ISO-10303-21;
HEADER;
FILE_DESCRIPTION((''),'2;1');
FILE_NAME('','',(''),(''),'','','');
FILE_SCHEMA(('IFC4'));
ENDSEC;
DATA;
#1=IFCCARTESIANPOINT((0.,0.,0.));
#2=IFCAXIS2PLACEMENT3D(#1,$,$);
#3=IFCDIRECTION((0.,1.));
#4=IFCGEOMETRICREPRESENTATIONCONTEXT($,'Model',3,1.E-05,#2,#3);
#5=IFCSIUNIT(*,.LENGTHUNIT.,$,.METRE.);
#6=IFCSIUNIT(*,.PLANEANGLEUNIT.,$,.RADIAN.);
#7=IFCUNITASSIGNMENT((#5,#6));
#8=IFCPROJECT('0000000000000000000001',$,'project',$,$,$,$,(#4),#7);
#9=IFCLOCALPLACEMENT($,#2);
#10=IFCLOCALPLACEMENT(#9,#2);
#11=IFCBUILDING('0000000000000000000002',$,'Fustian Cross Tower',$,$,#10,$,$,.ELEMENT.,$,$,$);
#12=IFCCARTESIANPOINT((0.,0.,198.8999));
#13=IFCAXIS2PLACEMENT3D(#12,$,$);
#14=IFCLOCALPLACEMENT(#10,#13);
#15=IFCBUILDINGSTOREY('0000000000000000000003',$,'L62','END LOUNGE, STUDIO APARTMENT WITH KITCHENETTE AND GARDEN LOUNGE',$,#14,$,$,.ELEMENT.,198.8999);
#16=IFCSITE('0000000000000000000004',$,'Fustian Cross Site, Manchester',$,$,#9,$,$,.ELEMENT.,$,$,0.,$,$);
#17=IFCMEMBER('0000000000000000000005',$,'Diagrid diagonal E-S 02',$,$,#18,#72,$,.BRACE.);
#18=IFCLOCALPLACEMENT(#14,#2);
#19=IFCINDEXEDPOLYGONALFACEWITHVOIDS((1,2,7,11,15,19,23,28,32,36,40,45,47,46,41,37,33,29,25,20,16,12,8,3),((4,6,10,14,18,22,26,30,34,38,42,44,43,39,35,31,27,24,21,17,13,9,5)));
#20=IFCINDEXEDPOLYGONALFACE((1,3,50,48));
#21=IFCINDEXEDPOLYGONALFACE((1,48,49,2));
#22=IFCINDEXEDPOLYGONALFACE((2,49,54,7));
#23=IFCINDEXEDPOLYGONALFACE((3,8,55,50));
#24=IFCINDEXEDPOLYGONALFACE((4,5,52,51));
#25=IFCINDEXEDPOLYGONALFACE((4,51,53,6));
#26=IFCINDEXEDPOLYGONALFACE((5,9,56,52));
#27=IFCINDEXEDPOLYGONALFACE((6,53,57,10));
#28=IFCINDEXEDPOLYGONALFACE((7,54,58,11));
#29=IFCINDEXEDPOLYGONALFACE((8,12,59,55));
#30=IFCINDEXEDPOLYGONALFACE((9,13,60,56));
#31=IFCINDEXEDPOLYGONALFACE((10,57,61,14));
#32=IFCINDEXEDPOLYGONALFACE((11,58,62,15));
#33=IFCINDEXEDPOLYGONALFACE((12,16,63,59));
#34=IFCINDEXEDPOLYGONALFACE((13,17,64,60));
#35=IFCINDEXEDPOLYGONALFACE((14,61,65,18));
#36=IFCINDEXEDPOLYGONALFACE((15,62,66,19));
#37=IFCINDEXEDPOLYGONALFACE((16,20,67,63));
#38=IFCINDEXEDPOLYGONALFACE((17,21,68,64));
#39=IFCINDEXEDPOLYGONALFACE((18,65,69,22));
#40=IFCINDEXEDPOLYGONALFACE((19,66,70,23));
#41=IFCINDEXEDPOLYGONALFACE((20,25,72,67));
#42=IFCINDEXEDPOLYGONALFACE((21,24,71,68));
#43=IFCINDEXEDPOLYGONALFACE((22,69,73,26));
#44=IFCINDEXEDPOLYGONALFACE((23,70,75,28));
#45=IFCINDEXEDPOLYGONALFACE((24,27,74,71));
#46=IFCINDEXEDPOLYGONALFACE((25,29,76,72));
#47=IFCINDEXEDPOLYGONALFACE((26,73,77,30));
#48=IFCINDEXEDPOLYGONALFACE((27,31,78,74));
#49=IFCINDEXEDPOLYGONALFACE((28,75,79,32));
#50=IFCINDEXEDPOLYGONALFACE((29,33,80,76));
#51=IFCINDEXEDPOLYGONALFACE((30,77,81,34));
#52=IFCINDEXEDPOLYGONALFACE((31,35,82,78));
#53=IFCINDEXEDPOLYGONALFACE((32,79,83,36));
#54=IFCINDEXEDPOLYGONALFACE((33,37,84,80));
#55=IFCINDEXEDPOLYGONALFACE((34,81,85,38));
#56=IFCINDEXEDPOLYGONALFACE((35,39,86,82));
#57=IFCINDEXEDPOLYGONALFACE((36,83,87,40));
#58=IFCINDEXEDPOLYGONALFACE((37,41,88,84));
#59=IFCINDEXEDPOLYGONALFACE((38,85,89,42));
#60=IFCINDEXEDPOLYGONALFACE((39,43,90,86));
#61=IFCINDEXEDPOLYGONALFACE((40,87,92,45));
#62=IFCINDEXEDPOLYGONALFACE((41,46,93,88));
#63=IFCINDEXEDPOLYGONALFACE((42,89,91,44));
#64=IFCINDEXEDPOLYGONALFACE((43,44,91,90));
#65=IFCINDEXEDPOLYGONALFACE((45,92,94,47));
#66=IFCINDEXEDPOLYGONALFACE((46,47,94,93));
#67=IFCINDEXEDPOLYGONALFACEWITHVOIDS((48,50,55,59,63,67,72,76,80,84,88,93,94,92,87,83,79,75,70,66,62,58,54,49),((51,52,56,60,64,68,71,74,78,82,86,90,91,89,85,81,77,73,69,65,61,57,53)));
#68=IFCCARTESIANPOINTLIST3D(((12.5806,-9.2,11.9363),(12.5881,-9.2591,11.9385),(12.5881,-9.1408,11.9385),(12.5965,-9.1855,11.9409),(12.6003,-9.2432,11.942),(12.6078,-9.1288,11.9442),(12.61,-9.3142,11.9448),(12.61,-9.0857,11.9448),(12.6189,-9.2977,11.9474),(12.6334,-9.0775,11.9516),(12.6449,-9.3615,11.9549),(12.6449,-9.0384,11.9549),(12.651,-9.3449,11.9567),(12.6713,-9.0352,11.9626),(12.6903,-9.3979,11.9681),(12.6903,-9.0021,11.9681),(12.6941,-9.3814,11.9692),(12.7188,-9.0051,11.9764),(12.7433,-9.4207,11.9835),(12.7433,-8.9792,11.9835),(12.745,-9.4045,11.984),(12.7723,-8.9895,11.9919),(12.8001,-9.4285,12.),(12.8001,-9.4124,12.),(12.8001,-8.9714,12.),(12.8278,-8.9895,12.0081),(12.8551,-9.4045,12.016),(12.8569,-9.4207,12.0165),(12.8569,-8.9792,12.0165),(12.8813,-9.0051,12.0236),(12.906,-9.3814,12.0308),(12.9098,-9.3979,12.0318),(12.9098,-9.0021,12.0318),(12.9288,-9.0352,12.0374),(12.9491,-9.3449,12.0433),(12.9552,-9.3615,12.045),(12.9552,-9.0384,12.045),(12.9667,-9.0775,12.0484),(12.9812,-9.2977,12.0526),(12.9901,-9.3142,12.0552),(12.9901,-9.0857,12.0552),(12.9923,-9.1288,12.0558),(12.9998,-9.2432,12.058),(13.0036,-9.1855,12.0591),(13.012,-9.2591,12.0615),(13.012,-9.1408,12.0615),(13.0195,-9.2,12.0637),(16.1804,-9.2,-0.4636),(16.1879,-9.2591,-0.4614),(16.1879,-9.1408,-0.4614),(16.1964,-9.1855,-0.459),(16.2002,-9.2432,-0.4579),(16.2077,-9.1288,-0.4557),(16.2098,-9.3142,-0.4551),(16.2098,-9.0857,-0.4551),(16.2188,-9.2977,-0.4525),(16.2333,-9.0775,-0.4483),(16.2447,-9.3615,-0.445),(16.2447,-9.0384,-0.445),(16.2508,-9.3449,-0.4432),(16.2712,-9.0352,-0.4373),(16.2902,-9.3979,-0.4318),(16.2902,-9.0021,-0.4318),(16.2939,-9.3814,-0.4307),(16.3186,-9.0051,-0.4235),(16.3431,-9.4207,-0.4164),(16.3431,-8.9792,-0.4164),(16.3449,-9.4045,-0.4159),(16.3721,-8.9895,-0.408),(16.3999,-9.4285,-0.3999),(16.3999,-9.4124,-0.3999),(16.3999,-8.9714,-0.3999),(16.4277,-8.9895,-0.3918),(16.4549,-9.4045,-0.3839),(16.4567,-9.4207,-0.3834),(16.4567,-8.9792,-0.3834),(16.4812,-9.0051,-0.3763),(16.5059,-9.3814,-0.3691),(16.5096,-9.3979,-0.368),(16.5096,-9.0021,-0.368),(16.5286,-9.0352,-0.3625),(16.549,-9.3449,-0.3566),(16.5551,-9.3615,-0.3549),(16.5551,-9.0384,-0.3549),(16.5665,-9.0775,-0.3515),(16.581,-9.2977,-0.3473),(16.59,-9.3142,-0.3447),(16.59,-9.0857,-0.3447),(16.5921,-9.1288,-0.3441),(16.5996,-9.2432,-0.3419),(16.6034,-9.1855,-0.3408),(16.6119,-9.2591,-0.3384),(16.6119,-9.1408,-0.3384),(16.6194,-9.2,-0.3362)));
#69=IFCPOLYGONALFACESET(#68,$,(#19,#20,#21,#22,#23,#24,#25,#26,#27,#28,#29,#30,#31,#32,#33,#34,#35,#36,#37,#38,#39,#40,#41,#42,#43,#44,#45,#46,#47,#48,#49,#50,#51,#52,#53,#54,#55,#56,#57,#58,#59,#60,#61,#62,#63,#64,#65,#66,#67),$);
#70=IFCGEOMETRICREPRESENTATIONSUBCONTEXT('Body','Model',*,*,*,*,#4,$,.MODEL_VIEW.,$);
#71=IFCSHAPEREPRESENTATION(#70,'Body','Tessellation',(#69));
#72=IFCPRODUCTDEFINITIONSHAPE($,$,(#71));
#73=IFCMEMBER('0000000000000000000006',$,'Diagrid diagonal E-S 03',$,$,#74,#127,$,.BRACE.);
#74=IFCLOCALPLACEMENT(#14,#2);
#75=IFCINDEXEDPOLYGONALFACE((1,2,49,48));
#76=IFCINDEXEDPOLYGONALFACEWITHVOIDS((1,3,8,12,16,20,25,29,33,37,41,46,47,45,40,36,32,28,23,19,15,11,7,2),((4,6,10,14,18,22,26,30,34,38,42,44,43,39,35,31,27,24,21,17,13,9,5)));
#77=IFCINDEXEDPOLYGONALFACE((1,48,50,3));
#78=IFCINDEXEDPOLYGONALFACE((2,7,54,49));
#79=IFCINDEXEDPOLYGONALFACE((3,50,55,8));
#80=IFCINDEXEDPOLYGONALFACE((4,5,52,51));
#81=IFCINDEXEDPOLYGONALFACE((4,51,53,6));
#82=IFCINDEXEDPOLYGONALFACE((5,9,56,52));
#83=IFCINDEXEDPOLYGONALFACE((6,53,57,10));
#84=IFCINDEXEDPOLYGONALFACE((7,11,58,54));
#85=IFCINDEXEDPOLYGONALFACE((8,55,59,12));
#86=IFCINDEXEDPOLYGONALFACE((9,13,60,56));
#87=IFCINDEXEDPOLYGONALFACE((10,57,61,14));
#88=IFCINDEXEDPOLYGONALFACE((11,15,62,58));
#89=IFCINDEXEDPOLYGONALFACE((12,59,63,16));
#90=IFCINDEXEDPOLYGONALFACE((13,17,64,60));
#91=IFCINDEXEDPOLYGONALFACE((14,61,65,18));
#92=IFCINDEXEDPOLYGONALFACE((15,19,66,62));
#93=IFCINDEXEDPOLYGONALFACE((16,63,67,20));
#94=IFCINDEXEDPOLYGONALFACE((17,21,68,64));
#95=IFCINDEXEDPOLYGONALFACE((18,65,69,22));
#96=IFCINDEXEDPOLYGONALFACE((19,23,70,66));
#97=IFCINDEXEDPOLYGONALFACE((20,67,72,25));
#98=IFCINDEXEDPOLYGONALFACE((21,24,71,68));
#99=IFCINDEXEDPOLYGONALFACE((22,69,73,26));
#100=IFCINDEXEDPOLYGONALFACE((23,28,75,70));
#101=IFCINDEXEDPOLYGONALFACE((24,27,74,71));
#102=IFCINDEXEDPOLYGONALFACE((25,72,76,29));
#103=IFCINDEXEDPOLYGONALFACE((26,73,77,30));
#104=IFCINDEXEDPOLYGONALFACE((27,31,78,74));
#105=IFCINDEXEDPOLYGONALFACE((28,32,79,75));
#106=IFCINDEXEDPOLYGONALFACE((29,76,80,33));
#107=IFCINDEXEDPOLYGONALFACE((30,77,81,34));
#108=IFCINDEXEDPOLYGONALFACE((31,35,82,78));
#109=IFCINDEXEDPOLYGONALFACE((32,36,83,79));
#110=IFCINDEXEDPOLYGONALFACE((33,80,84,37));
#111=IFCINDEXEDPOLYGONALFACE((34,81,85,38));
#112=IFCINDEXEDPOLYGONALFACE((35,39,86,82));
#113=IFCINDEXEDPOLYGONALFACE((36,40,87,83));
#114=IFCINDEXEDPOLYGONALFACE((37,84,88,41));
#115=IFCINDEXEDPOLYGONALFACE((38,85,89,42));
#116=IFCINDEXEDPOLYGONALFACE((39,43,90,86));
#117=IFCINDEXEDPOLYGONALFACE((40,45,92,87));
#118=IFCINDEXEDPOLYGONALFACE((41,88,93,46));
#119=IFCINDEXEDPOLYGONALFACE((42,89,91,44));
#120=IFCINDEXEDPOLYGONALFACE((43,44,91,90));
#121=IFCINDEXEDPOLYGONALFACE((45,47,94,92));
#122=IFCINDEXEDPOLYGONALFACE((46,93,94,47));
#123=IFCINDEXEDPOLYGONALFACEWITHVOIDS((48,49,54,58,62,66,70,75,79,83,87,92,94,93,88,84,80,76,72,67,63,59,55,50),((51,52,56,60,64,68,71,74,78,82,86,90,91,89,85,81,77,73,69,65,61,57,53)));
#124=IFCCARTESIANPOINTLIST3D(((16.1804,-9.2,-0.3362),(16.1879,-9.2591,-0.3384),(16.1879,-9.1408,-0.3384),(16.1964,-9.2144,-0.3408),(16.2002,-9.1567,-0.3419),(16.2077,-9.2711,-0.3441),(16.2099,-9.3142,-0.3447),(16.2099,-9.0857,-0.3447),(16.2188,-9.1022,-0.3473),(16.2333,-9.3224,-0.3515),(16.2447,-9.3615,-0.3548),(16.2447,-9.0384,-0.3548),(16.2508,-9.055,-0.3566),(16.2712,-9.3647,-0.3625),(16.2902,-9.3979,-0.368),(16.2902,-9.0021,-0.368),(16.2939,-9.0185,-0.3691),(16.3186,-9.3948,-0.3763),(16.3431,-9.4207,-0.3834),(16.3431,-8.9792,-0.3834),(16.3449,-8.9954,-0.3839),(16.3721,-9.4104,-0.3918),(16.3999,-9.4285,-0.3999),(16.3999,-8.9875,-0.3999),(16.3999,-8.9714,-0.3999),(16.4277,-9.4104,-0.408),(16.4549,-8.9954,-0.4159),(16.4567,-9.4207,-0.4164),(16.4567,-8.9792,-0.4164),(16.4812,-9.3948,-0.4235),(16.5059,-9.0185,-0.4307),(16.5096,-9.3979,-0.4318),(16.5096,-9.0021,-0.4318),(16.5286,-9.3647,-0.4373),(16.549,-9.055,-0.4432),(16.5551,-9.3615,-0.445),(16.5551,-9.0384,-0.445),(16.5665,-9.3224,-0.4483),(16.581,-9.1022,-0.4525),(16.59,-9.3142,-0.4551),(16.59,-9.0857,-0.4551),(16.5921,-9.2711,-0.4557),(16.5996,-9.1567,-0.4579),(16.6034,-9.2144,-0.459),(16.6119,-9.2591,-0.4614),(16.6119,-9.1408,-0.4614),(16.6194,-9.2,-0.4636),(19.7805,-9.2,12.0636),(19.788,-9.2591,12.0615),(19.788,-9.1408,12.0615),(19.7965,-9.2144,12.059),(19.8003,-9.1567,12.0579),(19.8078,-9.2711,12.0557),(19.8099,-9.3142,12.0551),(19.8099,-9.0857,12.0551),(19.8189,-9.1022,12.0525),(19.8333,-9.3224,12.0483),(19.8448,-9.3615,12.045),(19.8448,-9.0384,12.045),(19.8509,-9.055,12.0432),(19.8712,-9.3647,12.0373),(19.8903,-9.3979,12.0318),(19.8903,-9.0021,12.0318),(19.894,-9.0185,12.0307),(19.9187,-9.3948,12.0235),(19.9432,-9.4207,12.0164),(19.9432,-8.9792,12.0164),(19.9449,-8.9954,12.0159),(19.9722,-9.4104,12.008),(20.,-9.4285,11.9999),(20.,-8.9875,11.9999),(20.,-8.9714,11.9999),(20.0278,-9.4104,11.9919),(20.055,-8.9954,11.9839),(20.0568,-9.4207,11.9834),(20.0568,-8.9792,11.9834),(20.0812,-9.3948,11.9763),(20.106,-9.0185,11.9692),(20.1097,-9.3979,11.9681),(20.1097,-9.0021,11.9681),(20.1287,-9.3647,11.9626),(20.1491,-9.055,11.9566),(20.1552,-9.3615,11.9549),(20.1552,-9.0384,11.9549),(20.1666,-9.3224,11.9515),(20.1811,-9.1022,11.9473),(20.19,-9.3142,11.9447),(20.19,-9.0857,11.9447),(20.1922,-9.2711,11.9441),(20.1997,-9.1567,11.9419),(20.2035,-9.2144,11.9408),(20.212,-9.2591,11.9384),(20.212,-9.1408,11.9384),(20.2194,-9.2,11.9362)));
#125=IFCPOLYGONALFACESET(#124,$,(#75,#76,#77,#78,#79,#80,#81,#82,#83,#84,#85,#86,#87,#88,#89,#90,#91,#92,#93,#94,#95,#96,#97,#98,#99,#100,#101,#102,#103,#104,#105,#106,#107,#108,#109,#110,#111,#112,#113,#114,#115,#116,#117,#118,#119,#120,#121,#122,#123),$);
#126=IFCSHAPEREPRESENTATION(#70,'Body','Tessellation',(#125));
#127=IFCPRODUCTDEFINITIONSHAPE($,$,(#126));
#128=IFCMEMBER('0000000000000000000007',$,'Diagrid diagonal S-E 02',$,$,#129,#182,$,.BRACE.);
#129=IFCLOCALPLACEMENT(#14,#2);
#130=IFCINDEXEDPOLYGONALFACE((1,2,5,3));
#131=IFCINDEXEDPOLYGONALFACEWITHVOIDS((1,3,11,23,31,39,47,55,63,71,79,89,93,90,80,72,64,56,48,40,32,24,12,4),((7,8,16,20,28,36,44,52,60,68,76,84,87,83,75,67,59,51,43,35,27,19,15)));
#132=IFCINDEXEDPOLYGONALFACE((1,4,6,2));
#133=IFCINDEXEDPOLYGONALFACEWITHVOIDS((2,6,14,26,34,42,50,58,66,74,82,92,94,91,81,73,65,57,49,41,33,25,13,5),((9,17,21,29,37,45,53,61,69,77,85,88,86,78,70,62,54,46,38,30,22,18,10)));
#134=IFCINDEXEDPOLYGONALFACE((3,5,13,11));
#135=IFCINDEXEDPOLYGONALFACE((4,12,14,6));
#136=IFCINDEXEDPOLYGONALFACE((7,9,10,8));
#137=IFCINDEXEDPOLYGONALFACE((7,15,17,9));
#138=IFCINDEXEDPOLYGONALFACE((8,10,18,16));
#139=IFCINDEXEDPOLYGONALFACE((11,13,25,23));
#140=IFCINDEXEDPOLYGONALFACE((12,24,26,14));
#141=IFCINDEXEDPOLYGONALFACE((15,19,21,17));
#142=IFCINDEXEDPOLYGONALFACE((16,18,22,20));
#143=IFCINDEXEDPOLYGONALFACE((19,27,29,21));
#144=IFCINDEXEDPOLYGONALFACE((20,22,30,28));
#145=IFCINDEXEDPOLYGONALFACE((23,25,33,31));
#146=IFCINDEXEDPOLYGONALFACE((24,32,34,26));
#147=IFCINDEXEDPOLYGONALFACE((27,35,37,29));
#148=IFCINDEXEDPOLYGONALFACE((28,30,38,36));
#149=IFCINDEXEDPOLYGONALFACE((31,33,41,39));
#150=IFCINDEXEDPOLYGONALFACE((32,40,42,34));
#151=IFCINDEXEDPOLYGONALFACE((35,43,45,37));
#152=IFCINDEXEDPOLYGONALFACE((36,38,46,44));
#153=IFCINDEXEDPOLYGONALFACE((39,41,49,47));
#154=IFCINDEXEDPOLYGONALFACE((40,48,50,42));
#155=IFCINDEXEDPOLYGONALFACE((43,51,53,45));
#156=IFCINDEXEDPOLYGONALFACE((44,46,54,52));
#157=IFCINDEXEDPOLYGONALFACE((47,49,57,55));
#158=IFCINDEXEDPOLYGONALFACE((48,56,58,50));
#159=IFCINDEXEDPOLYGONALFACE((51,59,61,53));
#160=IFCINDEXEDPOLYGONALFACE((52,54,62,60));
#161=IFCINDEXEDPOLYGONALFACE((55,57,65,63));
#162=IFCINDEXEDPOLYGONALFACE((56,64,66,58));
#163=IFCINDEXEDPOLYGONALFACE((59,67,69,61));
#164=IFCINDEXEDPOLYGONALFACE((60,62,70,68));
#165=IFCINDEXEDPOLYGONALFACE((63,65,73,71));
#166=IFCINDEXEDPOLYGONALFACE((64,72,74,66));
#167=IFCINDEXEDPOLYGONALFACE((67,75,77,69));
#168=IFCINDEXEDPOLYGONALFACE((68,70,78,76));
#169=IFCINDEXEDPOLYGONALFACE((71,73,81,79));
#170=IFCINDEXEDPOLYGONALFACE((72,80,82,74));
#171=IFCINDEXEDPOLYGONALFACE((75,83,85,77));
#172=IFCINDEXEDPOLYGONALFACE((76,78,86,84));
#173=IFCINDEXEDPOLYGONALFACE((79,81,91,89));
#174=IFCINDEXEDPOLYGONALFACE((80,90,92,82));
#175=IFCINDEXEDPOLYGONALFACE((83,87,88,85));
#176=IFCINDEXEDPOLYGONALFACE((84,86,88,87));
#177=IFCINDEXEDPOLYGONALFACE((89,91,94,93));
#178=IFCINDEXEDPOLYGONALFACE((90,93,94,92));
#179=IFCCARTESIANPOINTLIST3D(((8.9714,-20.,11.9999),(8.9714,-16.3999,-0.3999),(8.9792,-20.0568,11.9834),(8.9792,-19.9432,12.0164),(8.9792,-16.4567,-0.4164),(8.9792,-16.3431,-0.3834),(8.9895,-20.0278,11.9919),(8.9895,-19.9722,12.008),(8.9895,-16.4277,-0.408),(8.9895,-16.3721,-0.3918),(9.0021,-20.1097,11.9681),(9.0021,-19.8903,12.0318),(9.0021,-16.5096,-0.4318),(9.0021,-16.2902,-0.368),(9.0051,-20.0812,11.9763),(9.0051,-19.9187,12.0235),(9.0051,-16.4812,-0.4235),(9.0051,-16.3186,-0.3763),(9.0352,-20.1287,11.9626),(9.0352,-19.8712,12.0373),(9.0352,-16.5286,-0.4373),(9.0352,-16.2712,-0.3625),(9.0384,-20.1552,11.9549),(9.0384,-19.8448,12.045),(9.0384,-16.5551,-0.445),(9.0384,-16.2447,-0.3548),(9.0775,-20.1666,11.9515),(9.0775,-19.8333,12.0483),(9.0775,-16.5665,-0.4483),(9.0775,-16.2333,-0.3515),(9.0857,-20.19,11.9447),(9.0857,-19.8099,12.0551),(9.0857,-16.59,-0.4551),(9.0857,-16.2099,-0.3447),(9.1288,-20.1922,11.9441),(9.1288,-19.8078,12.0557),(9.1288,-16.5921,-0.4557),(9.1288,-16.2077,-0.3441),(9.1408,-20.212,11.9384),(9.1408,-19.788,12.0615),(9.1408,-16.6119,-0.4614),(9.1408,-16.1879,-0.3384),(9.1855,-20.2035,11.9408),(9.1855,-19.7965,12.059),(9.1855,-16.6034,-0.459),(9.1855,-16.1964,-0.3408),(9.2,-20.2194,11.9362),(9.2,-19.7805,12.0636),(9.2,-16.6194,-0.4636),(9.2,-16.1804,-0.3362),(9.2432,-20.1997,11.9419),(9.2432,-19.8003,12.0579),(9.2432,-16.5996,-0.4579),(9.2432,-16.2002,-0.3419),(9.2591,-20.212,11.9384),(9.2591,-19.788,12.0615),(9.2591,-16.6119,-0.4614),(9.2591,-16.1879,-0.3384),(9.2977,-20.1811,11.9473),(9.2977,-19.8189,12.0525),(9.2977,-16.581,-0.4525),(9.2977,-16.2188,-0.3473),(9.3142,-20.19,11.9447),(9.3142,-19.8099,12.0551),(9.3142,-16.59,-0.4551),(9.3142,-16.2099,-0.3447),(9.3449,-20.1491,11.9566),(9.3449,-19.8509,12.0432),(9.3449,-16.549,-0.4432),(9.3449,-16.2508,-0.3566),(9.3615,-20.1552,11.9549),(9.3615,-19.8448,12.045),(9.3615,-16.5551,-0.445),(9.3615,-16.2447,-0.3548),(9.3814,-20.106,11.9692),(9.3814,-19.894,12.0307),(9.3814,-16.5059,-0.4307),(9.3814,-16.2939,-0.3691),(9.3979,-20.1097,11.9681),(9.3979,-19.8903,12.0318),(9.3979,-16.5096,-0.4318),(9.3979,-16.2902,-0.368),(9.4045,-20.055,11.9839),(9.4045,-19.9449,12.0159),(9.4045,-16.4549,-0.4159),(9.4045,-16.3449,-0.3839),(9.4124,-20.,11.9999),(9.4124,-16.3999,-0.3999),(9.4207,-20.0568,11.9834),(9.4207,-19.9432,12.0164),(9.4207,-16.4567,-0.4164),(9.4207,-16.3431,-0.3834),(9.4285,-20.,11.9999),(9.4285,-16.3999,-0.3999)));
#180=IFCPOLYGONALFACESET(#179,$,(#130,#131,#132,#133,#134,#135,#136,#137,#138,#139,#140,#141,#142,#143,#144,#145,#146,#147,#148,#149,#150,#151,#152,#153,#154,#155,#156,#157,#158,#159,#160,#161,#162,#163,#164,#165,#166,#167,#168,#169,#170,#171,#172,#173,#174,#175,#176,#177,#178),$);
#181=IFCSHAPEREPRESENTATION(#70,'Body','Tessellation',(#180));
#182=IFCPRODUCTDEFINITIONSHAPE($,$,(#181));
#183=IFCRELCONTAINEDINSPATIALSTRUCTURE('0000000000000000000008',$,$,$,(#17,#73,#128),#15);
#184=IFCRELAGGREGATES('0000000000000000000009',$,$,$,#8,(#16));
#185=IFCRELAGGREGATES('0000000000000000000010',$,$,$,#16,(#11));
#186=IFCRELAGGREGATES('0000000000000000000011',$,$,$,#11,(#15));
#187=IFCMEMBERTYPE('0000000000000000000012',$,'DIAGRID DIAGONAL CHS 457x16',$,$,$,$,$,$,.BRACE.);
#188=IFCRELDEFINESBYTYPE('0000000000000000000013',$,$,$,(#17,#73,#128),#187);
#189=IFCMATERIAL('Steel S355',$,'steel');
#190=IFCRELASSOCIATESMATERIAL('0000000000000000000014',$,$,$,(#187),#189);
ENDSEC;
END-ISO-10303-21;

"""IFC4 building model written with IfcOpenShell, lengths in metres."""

from ifc_helpers import new_model, si_unit, direction, frame, origin, origin_2d, place, context, subcontext, project, spatial, hollow_circle, extrude, material, material_profile, profile_set, type_object, element, save


model = new_model("IFC4")

# Units and contexts
model_context = context("Model", 3, precision=1e-05, world=origin(), true_north=direction((0.0, 1.0)))
body_context = subcontext(model_context, "Body", "Model", "MODEL_VIEW")
ifc_project = project(units=[si_unit("LENGTHUNIT", "METRE"), si_unit("PLANEANGLEUNIT", "RADIAN")], contexts=[model_context])

# Site, building, storey
site_placement = place(None, origin())
site = spatial("IfcSite", under=ifc_project, at=site_placement, Name="Fustian Cross Site, Manchester", CompositionType="ELEMENT", RefElevation=0.0)
building_placement = place(site_placement, origin())
building = spatial("IfcBuilding", under=site, at=building_placement, Name="Fustian Cross Tower", CompositionType="ELEMENT")
storey_placement = place(building_placement, frame((0.0, 0.0, 198.8999)))
storey = spatial("IfcBuildingStorey", under=building, at=storey_placement, Name="L62", Description="END LOUNGE, STUDIO APARTMENT WITH KITCHENETTE AND GARDEN LOUNGE", CompositionType="ELEMENT", Elevation=198.8999)

# Members
ifc_material_1 = material(Name="Steel S355", Category="steel")
ifc_material_profile_1 = material_profile(ifc_material_1, hollow_circle(Radius=0.2285, WallThickness=0.0161, at=origin_2d()), Name="CHS 457x16")
ifc_profile_set_1 = profile_set([ifc_material_profile_1], Name="Steel S355")
member_type_1 = type_object("IfcMemberType", Name="DIAGRID DIAGONAL CHS 457x16", PredefinedType="BRACE", material=ifc_profile_set_1)
for number, where, z_axis, x_axis, name in (
    (1, (16.3999, -9.2, -0.3999), (-0.278802, 0.0, 0.960349), (0.0, -1.0, 0.0), "Diagrid diagonal E-S 02"),
    (2, (16.3999, -9.2, -0.3999), (0.278819, 0.0, 0.960344), (0.0, 1.0, 0.0), "Diagrid diagonal E-S 03"),
    (3, (9.2, -16.3999, -0.3999), (0.0, -0.278819, 0.960344), (1.0, 0.0, 0.0), "Diagrid diagonal S-E 02"),
):
    element("IfcMember", number, at=place(storey_placement, frame(where, z_axis=z_axis, x_axis=x_axis)), inside=storey, type_object=member_type_1, Name=name, PredefinedType="BRACE", context=body_context, shape_type="SweptSolid", body=[
        extrude(hollow_circle(Radius=0.2285, WallThickness=0.0161, at=origin_2d()), origin(), (0.0, 0.0, 1.0), 12.9119),
    ])

save(model, "model.ifc")
